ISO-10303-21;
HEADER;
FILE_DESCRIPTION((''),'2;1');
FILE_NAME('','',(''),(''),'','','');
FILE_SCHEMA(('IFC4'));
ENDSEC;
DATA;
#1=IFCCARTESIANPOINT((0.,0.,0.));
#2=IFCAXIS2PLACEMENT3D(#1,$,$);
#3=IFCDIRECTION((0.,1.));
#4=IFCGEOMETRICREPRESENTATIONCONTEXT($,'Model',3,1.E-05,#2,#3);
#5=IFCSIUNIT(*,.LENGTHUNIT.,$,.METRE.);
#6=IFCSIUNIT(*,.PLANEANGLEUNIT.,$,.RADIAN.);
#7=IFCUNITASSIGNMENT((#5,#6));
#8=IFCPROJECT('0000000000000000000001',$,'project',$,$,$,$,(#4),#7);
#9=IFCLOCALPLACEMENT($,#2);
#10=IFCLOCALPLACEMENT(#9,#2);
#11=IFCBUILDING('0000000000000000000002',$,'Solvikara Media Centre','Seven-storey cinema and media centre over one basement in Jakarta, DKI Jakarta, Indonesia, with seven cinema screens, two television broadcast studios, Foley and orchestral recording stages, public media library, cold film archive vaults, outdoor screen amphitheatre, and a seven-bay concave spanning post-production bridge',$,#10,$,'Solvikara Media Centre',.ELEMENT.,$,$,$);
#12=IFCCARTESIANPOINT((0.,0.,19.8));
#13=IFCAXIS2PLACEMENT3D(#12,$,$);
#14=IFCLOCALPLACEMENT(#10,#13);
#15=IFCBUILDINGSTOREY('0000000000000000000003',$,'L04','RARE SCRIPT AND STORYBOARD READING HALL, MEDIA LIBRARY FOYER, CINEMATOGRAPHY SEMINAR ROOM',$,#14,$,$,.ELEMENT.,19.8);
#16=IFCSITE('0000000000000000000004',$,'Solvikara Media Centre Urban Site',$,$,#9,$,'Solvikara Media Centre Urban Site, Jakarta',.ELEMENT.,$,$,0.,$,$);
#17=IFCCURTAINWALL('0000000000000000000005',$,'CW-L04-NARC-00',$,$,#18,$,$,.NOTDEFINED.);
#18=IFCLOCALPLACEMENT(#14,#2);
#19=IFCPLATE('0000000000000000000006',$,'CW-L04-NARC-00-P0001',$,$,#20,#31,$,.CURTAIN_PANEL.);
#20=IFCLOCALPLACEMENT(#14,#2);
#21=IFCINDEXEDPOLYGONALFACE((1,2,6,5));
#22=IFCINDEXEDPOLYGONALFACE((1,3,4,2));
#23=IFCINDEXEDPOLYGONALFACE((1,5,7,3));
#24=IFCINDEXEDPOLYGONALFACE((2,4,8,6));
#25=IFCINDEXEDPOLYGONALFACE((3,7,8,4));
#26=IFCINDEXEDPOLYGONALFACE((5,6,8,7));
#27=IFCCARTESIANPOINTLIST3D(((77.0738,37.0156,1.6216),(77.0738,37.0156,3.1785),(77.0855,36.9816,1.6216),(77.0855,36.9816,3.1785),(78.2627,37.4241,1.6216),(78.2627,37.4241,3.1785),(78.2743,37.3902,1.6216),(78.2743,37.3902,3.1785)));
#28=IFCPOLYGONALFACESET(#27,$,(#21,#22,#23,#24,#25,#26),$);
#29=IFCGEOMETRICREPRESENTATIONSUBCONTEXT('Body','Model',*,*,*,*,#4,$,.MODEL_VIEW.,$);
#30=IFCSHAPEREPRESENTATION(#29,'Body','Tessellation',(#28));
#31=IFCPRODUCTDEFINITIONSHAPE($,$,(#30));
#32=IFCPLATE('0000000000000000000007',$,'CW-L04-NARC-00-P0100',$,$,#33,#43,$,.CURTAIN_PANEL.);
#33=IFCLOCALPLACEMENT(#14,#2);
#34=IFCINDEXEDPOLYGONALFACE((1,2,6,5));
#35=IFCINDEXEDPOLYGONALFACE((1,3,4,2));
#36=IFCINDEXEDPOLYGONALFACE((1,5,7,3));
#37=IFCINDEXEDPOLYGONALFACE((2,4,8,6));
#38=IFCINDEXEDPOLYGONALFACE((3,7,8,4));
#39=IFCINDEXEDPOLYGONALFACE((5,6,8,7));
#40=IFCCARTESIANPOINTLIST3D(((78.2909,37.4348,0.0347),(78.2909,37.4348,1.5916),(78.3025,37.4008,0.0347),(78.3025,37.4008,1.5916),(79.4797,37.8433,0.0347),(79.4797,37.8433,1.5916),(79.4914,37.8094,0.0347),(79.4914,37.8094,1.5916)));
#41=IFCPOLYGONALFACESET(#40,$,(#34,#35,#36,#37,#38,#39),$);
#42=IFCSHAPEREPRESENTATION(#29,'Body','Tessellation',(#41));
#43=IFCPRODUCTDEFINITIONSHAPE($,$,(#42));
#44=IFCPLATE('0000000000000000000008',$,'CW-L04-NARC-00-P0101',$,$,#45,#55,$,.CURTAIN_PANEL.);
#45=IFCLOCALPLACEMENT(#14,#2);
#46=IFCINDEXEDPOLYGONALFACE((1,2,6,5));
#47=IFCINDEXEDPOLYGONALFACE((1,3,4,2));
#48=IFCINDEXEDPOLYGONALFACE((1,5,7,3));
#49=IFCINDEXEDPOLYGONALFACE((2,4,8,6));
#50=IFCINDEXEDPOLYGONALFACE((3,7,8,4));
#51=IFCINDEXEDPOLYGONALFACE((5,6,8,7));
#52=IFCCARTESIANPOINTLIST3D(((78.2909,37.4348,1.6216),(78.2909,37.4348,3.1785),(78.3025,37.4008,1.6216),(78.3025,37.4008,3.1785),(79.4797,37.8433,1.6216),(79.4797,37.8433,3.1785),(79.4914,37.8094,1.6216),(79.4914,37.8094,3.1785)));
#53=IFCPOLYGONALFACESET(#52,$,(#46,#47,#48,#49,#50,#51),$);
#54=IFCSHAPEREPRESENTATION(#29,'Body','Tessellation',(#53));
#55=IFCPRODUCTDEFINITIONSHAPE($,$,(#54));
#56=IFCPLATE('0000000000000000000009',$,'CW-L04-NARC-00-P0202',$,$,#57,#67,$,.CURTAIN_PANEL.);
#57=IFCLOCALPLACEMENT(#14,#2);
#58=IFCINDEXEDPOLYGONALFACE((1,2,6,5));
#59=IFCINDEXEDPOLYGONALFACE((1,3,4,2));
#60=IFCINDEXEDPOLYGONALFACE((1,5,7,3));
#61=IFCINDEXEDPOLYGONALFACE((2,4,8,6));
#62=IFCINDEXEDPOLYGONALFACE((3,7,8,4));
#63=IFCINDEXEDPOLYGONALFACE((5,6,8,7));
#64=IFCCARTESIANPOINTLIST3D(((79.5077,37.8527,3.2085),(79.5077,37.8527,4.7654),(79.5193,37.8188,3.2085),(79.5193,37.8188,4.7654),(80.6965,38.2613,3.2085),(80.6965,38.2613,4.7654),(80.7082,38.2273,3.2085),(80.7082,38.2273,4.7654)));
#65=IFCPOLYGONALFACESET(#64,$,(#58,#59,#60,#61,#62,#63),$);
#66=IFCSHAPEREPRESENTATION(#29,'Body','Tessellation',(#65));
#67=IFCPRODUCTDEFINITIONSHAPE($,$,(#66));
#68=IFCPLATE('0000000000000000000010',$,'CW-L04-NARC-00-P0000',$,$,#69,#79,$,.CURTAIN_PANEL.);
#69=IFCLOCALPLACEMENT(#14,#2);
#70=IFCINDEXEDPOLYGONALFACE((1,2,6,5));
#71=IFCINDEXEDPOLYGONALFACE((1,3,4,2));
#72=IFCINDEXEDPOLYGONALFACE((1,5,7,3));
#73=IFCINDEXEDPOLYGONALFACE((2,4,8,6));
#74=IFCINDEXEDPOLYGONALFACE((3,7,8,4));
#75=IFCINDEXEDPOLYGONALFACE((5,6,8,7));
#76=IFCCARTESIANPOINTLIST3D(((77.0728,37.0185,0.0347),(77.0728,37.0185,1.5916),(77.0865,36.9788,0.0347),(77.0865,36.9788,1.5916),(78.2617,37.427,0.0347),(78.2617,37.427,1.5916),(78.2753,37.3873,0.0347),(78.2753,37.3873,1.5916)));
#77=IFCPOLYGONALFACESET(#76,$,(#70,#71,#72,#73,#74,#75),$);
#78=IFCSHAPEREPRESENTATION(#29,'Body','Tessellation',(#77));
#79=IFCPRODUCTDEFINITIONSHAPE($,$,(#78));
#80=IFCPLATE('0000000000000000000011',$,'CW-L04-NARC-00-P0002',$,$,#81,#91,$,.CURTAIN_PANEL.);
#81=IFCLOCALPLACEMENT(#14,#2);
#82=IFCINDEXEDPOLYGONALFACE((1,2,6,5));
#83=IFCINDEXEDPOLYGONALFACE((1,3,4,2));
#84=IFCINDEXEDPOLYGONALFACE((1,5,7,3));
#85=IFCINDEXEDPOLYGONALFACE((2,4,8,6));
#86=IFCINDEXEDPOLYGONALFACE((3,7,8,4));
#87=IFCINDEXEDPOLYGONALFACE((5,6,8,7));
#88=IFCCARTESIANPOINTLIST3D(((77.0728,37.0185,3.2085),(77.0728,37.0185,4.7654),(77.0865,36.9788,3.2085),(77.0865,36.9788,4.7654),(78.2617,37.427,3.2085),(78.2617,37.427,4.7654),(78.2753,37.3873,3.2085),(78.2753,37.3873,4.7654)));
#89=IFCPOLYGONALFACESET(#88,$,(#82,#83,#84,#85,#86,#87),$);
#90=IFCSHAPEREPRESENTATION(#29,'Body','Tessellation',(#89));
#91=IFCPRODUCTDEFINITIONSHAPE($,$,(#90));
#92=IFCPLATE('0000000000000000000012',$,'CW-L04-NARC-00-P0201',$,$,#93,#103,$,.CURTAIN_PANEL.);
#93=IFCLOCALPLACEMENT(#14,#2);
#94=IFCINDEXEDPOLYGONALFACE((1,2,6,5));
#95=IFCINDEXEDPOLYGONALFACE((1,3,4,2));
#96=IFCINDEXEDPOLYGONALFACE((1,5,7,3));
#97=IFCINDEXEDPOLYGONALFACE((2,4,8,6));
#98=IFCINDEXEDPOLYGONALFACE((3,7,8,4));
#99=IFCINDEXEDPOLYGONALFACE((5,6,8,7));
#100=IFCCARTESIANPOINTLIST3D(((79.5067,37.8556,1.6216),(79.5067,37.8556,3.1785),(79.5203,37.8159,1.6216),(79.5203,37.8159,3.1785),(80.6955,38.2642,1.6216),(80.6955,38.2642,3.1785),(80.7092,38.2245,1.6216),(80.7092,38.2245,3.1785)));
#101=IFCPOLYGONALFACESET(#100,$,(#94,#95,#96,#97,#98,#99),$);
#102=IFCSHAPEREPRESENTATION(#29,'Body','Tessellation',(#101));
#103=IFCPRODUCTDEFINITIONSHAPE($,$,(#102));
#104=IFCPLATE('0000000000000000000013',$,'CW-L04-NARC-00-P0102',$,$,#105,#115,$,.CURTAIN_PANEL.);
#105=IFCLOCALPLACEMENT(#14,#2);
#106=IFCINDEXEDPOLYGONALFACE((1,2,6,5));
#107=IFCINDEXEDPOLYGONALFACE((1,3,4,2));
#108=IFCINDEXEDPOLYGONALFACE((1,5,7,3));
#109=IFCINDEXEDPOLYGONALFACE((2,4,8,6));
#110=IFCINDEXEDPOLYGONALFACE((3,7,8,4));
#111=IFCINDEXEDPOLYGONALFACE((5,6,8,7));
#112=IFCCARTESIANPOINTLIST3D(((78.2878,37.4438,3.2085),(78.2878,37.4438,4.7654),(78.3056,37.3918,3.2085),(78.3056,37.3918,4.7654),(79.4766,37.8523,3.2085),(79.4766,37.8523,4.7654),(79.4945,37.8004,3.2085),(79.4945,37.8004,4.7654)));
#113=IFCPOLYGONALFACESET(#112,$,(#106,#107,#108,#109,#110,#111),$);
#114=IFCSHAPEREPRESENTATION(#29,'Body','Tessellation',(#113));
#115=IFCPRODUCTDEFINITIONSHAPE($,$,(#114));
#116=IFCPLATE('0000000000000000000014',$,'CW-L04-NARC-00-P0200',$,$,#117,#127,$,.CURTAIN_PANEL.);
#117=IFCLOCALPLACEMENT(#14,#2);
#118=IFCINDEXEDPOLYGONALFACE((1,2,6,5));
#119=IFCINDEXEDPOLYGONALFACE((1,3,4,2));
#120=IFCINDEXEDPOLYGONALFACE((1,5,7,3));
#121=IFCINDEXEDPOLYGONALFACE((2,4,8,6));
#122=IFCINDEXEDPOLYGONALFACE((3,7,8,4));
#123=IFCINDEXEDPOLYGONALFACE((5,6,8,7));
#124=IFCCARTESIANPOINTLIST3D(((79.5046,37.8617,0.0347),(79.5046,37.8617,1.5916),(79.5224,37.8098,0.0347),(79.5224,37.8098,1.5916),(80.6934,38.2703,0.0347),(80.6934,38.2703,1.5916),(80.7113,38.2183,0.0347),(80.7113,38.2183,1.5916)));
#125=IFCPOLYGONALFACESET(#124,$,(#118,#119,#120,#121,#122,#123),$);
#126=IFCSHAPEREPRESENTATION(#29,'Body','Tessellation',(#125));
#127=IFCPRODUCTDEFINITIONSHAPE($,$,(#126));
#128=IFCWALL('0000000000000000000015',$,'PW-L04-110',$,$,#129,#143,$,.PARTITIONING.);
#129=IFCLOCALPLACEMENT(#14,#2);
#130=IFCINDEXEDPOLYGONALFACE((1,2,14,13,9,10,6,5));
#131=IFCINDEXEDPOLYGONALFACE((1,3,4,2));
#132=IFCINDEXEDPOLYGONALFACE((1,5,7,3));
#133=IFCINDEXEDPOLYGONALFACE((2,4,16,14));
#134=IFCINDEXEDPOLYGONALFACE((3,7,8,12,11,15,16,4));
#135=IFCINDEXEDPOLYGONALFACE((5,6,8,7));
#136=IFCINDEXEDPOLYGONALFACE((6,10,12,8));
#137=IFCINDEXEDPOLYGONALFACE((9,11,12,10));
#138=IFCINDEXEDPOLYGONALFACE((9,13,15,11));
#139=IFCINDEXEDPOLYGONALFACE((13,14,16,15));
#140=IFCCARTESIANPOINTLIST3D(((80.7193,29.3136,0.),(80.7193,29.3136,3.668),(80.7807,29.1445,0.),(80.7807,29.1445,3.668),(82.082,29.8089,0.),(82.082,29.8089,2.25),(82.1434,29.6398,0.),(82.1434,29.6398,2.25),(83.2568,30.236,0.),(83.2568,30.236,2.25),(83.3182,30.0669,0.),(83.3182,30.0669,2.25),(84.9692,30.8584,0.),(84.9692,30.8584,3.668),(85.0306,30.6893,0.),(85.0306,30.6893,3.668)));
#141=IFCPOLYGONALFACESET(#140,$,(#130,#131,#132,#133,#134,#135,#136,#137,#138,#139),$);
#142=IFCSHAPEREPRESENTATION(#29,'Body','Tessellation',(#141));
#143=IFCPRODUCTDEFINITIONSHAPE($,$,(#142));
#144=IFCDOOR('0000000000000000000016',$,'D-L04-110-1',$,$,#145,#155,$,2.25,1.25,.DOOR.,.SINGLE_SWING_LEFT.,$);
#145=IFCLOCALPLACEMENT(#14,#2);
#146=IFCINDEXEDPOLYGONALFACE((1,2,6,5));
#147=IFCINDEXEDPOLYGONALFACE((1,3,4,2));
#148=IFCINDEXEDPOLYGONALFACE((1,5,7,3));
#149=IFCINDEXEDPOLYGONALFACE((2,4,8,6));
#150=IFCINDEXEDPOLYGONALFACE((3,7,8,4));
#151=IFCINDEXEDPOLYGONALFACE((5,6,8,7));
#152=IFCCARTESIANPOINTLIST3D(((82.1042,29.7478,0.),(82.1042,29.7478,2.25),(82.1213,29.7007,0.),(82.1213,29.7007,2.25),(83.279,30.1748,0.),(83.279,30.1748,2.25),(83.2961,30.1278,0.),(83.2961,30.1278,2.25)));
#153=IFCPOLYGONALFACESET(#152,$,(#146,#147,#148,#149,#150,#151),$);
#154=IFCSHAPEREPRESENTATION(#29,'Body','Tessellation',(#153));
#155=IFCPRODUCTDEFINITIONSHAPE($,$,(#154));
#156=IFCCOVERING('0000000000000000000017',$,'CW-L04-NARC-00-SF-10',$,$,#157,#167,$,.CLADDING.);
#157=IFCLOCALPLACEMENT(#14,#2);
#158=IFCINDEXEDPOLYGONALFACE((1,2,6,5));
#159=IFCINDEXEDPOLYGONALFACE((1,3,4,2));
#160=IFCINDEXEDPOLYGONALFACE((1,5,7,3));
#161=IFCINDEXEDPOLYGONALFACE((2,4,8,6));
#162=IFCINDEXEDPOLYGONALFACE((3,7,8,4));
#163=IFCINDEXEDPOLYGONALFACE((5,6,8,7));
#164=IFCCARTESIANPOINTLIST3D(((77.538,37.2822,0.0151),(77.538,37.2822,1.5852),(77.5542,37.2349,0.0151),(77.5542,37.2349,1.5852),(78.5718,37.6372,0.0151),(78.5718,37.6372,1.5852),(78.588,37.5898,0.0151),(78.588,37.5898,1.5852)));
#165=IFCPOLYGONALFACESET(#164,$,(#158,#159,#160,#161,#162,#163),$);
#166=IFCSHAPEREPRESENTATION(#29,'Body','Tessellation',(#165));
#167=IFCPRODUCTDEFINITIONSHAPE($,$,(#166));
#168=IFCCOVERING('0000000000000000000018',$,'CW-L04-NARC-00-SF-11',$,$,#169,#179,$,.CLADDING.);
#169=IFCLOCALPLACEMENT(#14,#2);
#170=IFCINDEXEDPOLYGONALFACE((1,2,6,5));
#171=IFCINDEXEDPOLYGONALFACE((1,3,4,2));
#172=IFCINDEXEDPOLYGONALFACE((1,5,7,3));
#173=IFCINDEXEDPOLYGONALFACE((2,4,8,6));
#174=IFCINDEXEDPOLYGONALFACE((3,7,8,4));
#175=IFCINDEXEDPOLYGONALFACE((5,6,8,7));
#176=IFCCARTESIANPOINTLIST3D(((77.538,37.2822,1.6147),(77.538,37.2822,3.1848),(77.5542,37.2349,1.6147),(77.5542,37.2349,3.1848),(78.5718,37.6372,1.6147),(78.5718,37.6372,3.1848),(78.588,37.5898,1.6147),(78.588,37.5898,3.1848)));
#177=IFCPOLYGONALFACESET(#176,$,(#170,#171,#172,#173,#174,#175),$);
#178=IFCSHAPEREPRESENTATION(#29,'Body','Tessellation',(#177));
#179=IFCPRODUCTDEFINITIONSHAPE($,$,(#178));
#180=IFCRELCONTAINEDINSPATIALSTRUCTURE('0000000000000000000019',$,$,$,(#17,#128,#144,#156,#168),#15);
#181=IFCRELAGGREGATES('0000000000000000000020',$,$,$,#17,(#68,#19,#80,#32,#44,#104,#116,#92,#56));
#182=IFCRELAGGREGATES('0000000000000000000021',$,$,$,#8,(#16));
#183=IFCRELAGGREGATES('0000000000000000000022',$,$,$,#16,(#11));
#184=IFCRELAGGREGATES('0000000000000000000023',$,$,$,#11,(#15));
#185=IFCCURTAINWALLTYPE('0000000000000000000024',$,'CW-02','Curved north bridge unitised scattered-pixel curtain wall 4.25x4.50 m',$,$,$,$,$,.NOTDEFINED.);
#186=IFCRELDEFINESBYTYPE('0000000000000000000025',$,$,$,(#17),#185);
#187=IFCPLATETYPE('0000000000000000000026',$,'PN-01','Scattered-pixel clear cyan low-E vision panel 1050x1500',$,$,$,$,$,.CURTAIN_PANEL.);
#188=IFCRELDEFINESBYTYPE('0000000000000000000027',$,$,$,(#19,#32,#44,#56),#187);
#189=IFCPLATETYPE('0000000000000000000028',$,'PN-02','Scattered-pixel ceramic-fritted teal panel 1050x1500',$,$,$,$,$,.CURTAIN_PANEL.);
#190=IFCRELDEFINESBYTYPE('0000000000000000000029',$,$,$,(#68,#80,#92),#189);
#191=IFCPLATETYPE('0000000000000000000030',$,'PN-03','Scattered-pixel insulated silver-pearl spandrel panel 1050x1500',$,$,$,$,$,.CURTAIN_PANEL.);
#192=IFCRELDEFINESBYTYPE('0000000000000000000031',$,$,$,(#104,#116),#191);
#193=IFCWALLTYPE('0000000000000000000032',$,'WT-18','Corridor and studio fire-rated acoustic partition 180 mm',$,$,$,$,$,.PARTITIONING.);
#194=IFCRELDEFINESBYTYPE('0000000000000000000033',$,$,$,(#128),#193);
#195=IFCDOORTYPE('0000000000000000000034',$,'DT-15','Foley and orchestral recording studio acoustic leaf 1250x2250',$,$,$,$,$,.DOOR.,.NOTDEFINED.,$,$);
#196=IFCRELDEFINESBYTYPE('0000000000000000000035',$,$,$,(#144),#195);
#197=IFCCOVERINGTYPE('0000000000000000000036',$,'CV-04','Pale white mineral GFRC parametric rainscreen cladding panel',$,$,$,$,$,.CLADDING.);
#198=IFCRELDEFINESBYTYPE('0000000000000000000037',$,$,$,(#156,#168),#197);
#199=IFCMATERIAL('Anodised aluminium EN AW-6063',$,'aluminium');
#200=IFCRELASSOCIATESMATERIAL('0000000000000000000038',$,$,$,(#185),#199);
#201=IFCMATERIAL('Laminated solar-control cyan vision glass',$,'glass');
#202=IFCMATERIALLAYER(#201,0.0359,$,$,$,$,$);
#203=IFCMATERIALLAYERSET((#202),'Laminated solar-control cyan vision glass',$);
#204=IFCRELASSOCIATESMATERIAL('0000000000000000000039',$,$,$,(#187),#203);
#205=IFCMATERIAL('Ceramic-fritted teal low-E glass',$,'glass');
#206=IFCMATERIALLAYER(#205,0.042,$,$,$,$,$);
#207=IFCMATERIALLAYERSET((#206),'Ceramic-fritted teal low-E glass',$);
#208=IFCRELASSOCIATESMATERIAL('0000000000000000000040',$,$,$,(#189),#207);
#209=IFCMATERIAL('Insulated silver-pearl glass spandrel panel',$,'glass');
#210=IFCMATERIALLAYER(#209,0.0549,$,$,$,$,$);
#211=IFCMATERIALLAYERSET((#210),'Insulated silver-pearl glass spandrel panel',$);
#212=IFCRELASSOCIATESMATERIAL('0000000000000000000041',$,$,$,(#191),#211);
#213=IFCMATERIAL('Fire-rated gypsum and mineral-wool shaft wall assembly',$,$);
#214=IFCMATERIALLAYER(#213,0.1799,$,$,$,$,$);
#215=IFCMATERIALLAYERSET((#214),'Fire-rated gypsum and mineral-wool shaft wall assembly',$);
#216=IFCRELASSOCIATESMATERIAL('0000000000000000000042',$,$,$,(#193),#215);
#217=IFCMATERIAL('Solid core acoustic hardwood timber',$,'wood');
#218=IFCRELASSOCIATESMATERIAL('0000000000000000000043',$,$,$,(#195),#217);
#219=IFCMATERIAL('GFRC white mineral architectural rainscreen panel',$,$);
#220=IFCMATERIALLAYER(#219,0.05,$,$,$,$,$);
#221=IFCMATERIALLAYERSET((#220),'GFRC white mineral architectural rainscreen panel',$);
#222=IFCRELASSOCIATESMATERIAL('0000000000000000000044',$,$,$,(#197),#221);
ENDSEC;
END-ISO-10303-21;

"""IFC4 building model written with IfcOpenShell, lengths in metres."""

from ifc_helpers import new_model, si_unit, direction, frame, frame_2d, origin, origin_2d, place, context, subcontext, project, spatial, rectangle, extrude, material, layer, layer_set, type_object, element, fill, aggregate, save


model = new_model("IFC4")

# Units and contexts
model_context = context("Model", 3, precision=1e-05, world=origin(), true_north=direction((0.0, 1.0)))
body_context = subcontext(model_context, "Body", "Model", "MODEL_VIEW")
ifc_project = project(units=[si_unit("LENGTHUNIT", "METRE"), si_unit("PLANEANGLEUNIT", "RADIAN")], contexts=[model_context])

# Site, building, storey
site_placement = place(None, origin())
site = spatial("IfcSite", under=ifc_project, at=site_placement, Name="Solvikara Media Centre Urban Site", LongName="Solvikara Media Centre Urban Site, Jakarta", CompositionType="ELEMENT", RefElevation=0.0)
building_placement = place(site_placement, origin())
building = spatial("IfcBuilding", under=site, at=building_placement, Name="Solvikara Media Centre", Description="Seven-storey cinema and media centre over one basement in Jakarta, DKI Jakarta, Indonesia, with seven cinema screens, two television broadcast studios, Foley and orchestral recording stages, public media library, cold film archive vaults, outdoor screen amphitheatre, and a seven-bay concave spanning post-production bridge", LongName="Solvikara Media Centre", CompositionType="ELEMENT")
storey_placement = place(building_placement, frame((0.0, 0.0, 19.8)))
storey = spatial("IfcBuildingStorey", under=building, at=storey_placement, Name="L04", Description="RARE SCRIPT AND STORYBOARD READING HALL, MEDIA LIBRARY FOYER, CINEMATOGRAPHY SEMINAR ROOM", CompositionType="ELEMENT", Elevation=19.8)

# Curtain wall
ifc_material_1 = material(Name="Anodised aluminium EN AW-6063", Category="aluminium")
curtain_wall_type = type_object("IfcCurtainWallType", Name="CW-02", Description="Curved north bridge unitised scattered-pixel curtain wall 4.25x4.50 m", PredefinedType="NOTDEFINED", material=ifc_material_1)
curtain_wall_1_placement = place(storey_placement, origin())
curtain_wall_1 = element("IfcCurtainWall", 1, at=curtain_wall_1_placement, inside=storey, type_object=curtain_wall_type, Name="CW-L04-NARC-00", PredefinedType="NOTDEFINED")

# Plates
ifc_material_2 = material(Name="Laminated solar-control cyan vision glass", Category="glass")
ifc_layer_1 = layer(ifc_material_2, 0.0359)
ifc_layer_set_1 = layer_set([ifc_layer_1], Name="Laminated solar-control cyan vision glass")
plate_type_1 = type_object("IfcPlateType", Name="PN-01", Description="Scattered-pixel clear cyan low-E vision panel 1050x1500", PredefinedType="CURTAIN_PANEL", material=ifc_layer_set_1)
plate_1_placement = place(storey_placement, frame((77.6741, 37.2029, 1.6216), z_axis=(0.0, 0.0, 1.0), x_axis=(0.945717, 0.324991, 0.0)))
plate_1 = element("IfcPlate", 2, at=plate_1_placement, type_object=plate_type_1, Name="CW-L04-NARC-00-P0001", PredefinedType="CURTAIN_PANEL", context=body_context, shape_type="SweptSolid", body=[
    extrude(rectangle(XDim=1.2571, YDim=0.0359, at=origin_2d()), origin(), (0.0, 0.0, 1.0), 1.5569),
])
plate_2_placement = place(storey_placement, frame((78.8911, 37.6221, 0.0347), z_axis=(0.0, 0.0, 1.0), x_axis=(0.945717, 0.324991, 0.0)))
plate_2 = element("IfcPlate", 3, at=plate_2_placement, type_object=plate_type_1, Name="CW-L04-NARC-00-P0100", PredefinedType="CURTAIN_PANEL", context=body_context, shape_type="SweptSolid", body=[
    extrude(rectangle(XDim=1.2571, YDim=0.0359, at=origin_2d()), origin(), (0.0, 0.0, 1.0), 1.5569),
])
plate_3_placement = place(storey_placement, frame((78.8911, 37.6221, 1.6216), z_axis=(0.0, 0.0, 1.0), x_axis=(0.945717, 0.324991, 0.0)))
plate_3 = element("IfcPlate", 4, at=plate_3_placement, type_object=plate_type_1, Name="CW-L04-NARC-00-P0101", PredefinedType="CURTAIN_PANEL", context=body_context, shape_type="SweptSolid", body=[
    extrude(rectangle(XDim=1.2571, YDim=0.0359, at=origin_2d()), origin(), (0.0, 0.0, 1.0), 1.5569),
])
plate_4_placement = place(storey_placement, frame((80.1079, 38.04, 3.2085), z_axis=(0.0, 0.0, 1.0), x_axis=(0.945717, 0.324991, 0.0)))
plate_4 = element("IfcPlate", 5, at=plate_4_placement, type_object=plate_type_1, Name="CW-L04-NARC-00-P0202", PredefinedType="CURTAIN_PANEL", context=body_context, shape_type="SweptSolid", body=[
    extrude(rectangle(XDim=1.2571, YDim=0.0359, at=origin_2d()), origin(), (0.0, 0.0, 1.0), 1.5569),
])
ifc_material_3 = material(Name="Ceramic-fritted teal low-E glass", Category="glass")
ifc_layer_2 = layer(ifc_material_3, 0.042)
ifc_layer_set_2 = layer_set([ifc_layer_2], Name="Ceramic-fritted teal low-E glass")
plate_type_2 = type_object("IfcPlateType", Name="PN-02", Description="Scattered-pixel ceramic-fritted teal panel 1050x1500", PredefinedType="CURTAIN_PANEL", material=ifc_layer_set_2)
plate_5_placement = place(storey_placement, frame((77.6741, 37.2029, 0.0347), z_axis=(0.0, 0.0, 1.0), x_axis=(0.945717, 0.324991, 0.0)))
plate_5 = element("IfcPlate", 6, at=plate_5_placement, type_object=plate_type_2, Name="CW-L04-NARC-00-P0000", PredefinedType="CURTAIN_PANEL", context=body_context, shape_type="SweptSolid", body=[
    extrude(rectangle(XDim=1.2571, YDim=0.042, at=origin_2d()), origin(), (0.0, 0.0, 1.0), 1.5569),
])
plate_6_placement = place(storey_placement, frame((77.6741, 37.2029, 3.2085), z_axis=(0.0, 0.0, 1.0), x_axis=(0.945717, 0.324991, 0.0)))
plate_6 = element("IfcPlate", 7, at=plate_6_placement, type_object=plate_type_2, Name="CW-L04-NARC-00-P0002", PredefinedType="CURTAIN_PANEL", context=body_context, shape_type="SweptSolid", body=[
    extrude(rectangle(XDim=1.2571, YDim=0.042, at=origin_2d()), origin(), (0.0, 0.0, 1.0), 1.5569),
])
plate_7_placement = place(storey_placement, frame((80.1079, 38.04, 1.6216), z_axis=(0.0, 0.0, 1.0), x_axis=(0.945717, 0.324991, 0.0)))
plate_7 = element("IfcPlate", 8, at=plate_7_placement, type_object=plate_type_2, Name="CW-L04-NARC-00-P0201", PredefinedType="CURTAIN_PANEL", context=body_context, shape_type="SweptSolid", body=[
    extrude(rectangle(XDim=1.2571, YDim=0.042, at=origin_2d()), origin(), (0.0, 0.0, 1.0), 1.5569),
])
ifc_material_4 = material(Name="Insulated silver-pearl glass spandrel panel", Category="glass")
ifc_layer_3 = layer(ifc_material_4, 0.0549)
ifc_layer_set_3 = layer_set([ifc_layer_3], Name="Insulated silver-pearl glass spandrel panel")
plate_type_3 = type_object("IfcPlateType", Name="PN-03", Description="Scattered-pixel insulated silver-pearl spandrel panel 1050x1500", PredefinedType="CURTAIN_PANEL", material=ifc_layer_set_3)
plate_8_placement = place(storey_placement, frame((78.8911, 37.6221, 3.2085), z_axis=(0.0, 0.0, 1.0), x_axis=(0.945717, 0.324991, 0.0)))
plate_8 = element("IfcPlate", 9, at=plate_8_placement, type_object=plate_type_3, Name="CW-L04-NARC-00-P0102", PredefinedType="CURTAIN_PANEL", context=body_context, shape_type="SweptSolid", body=[
    extrude(rectangle(XDim=1.2571, YDim=0.0549, at=origin_2d()), origin(), (0.0, 0.0, 1.0), 1.5569),
])
plate_9_placement = place(storey_placement, frame((80.1079, 38.04, 0.0347), z_axis=(0.0, 0.0, 1.0), x_axis=(0.945717, 0.324991, 0.0)))
plate_9 = element("IfcPlate", 10, at=plate_9_placement, type_object=plate_type_3, Name="CW-L04-NARC-00-P0200", PredefinedType="CURTAIN_PANEL", context=body_context, shape_type="SweptSolid", body=[
    extrude(rectangle(XDim=1.2571, YDim=0.0549, at=origin_2d()), origin(), (0.0, 0.0, 1.0), 1.5569),
])
aggregate(curtain_wall_1, [plate_5, plate_1, plate_6, plate_2, plate_3, plate_8, plate_9, plate_7, plate_4])

# Wall, opening, door
ifc_material_5 = material(Name="Fire-rated gypsum and mineral-wool shaft wall assembly")
ifc_layer_4 = layer(ifc_material_5, 0.1799)
ifc_layer_set_4 = layer_set([ifc_layer_4], Name="Fire-rated gypsum and mineral-wool shaft wall assembly")
wall_type = type_object("IfcWallType", Name="WT-18", Description="Corridor and studio fire-rated acoustic partition 180 mm", PredefinedType="PARTITIONING", material=ifc_layer_set_4)
wall_placement = place(storey_placement, frame((80.75, 29.229, 0.0), z_axis=(0.0, 0.0, 1.0), x_axis=(0.939831, 0.341639, 0.0)))
wall = element("IfcWall", 11, at=wall_placement, inside=storey, type_object=wall_type, Name="PW-L04-110", PredefinedType="PARTITIONING", context=body_context, shape_type="SweptSolid", body=[
    extrude(rectangle(XDim=4.522, YDim=0.1799, at=frame_2d((2.261, 0.0))), origin(), (0.0, 0.0, 1.0), 3.668),
])
opening_placement = place(wall_placement, frame((1.45, 0.0, 0.0)))
opening = element("IfcOpeningElement", 12, at=opening_placement, cuts=wall, PredefinedType="OPENING", context=body_context, shape_type="SweptSolid", body=[
    extrude(rectangle(XDim=1.25, YDim=2.25, at=frame_2d((0.625, 1.125))), frame((0.0, 0.1021, 0.0), z_axis=(0.0, -1.0, 0.0), x_axis=(1.0, 0.0, 0.0)), (0.0, 0.0, 1.0), 0.2039),
])
ifc_material_6 = material(Name="Solid core acoustic hardwood timber", Category="wood")
door_type = type_object("IfcDoorType", Name="DT-15", Description="Foley and orchestral recording studio acoustic leaf 1250x2250", OperationType="NOTDEFINED", PredefinedType="DOOR", material=ifc_material_6)
door_placement = place(opening_placement, origin())
door = element("IfcDoor", 13, at=door_placement, inside=storey, type_object=door_type, Name="D-L04-110-1", OperationType="SINGLE_SWING_LEFT", OverallHeight=2.25, OverallWidth=1.25, PredefinedType="DOOR", context=body_context, shape_type="SweptSolid", body=[
    extrude(rectangle(XDim=1.25, YDim=2.25, at=frame_2d((0.625, 1.125))), frame((0.0, 0.0249, 0.0), z_axis=(0.0, -1.0, 0.0), x_axis=(1.0, 0.0, 0.0)), (0.0, 0.0, 1.0), 0.05),
])
fill(opening, door)

# Coverings
ifc_material_7 = material(Name="GFRC white mineral architectural rainscreen panel")
ifc_layer_5 = layer(ifc_material_7, 0.05)
ifc_layer_set_5 = layer_set([ifc_layer_5], Name="GFRC white mineral architectural rainscreen panel")
covering_type_1 = type_object("IfcCoveringType", Name="CV-04", Description="Pale white mineral GFRC parametric rainscreen cladding panel", PredefinedType="CLADDING", material=ifc_layer_set_5)
for number, where, z_axis, x_axis, name in (
    (14, (78.063, 37.436, 0.0151), (0.0, 0.0, 1.0), (0.945808, 0.324726, 0.0), "CW-L04-NARC-00-SF-10"),
    (15, (78.063, 37.436, 1.6147), (0.0, 0.0, 1.0), (0.945808, 0.324726, 0.0), "CW-L04-NARC-00-SF-11"),
):
    element("IfcCovering", number, at=place(storey_placement, frame(where, z_axis=z_axis, x_axis=x_axis)), inside=storey, type_object=covering_type_1, Name=name, PredefinedType="CLADDING", context=body_context, shape_type="SweptSolid", body=[
        extrude(rectangle(XDim=1.093, YDim=0.05, at=origin_2d()), origin(), (0.0, 0.0, 1.0), 1.5701),
    ])

save(model, "model.ifc")
